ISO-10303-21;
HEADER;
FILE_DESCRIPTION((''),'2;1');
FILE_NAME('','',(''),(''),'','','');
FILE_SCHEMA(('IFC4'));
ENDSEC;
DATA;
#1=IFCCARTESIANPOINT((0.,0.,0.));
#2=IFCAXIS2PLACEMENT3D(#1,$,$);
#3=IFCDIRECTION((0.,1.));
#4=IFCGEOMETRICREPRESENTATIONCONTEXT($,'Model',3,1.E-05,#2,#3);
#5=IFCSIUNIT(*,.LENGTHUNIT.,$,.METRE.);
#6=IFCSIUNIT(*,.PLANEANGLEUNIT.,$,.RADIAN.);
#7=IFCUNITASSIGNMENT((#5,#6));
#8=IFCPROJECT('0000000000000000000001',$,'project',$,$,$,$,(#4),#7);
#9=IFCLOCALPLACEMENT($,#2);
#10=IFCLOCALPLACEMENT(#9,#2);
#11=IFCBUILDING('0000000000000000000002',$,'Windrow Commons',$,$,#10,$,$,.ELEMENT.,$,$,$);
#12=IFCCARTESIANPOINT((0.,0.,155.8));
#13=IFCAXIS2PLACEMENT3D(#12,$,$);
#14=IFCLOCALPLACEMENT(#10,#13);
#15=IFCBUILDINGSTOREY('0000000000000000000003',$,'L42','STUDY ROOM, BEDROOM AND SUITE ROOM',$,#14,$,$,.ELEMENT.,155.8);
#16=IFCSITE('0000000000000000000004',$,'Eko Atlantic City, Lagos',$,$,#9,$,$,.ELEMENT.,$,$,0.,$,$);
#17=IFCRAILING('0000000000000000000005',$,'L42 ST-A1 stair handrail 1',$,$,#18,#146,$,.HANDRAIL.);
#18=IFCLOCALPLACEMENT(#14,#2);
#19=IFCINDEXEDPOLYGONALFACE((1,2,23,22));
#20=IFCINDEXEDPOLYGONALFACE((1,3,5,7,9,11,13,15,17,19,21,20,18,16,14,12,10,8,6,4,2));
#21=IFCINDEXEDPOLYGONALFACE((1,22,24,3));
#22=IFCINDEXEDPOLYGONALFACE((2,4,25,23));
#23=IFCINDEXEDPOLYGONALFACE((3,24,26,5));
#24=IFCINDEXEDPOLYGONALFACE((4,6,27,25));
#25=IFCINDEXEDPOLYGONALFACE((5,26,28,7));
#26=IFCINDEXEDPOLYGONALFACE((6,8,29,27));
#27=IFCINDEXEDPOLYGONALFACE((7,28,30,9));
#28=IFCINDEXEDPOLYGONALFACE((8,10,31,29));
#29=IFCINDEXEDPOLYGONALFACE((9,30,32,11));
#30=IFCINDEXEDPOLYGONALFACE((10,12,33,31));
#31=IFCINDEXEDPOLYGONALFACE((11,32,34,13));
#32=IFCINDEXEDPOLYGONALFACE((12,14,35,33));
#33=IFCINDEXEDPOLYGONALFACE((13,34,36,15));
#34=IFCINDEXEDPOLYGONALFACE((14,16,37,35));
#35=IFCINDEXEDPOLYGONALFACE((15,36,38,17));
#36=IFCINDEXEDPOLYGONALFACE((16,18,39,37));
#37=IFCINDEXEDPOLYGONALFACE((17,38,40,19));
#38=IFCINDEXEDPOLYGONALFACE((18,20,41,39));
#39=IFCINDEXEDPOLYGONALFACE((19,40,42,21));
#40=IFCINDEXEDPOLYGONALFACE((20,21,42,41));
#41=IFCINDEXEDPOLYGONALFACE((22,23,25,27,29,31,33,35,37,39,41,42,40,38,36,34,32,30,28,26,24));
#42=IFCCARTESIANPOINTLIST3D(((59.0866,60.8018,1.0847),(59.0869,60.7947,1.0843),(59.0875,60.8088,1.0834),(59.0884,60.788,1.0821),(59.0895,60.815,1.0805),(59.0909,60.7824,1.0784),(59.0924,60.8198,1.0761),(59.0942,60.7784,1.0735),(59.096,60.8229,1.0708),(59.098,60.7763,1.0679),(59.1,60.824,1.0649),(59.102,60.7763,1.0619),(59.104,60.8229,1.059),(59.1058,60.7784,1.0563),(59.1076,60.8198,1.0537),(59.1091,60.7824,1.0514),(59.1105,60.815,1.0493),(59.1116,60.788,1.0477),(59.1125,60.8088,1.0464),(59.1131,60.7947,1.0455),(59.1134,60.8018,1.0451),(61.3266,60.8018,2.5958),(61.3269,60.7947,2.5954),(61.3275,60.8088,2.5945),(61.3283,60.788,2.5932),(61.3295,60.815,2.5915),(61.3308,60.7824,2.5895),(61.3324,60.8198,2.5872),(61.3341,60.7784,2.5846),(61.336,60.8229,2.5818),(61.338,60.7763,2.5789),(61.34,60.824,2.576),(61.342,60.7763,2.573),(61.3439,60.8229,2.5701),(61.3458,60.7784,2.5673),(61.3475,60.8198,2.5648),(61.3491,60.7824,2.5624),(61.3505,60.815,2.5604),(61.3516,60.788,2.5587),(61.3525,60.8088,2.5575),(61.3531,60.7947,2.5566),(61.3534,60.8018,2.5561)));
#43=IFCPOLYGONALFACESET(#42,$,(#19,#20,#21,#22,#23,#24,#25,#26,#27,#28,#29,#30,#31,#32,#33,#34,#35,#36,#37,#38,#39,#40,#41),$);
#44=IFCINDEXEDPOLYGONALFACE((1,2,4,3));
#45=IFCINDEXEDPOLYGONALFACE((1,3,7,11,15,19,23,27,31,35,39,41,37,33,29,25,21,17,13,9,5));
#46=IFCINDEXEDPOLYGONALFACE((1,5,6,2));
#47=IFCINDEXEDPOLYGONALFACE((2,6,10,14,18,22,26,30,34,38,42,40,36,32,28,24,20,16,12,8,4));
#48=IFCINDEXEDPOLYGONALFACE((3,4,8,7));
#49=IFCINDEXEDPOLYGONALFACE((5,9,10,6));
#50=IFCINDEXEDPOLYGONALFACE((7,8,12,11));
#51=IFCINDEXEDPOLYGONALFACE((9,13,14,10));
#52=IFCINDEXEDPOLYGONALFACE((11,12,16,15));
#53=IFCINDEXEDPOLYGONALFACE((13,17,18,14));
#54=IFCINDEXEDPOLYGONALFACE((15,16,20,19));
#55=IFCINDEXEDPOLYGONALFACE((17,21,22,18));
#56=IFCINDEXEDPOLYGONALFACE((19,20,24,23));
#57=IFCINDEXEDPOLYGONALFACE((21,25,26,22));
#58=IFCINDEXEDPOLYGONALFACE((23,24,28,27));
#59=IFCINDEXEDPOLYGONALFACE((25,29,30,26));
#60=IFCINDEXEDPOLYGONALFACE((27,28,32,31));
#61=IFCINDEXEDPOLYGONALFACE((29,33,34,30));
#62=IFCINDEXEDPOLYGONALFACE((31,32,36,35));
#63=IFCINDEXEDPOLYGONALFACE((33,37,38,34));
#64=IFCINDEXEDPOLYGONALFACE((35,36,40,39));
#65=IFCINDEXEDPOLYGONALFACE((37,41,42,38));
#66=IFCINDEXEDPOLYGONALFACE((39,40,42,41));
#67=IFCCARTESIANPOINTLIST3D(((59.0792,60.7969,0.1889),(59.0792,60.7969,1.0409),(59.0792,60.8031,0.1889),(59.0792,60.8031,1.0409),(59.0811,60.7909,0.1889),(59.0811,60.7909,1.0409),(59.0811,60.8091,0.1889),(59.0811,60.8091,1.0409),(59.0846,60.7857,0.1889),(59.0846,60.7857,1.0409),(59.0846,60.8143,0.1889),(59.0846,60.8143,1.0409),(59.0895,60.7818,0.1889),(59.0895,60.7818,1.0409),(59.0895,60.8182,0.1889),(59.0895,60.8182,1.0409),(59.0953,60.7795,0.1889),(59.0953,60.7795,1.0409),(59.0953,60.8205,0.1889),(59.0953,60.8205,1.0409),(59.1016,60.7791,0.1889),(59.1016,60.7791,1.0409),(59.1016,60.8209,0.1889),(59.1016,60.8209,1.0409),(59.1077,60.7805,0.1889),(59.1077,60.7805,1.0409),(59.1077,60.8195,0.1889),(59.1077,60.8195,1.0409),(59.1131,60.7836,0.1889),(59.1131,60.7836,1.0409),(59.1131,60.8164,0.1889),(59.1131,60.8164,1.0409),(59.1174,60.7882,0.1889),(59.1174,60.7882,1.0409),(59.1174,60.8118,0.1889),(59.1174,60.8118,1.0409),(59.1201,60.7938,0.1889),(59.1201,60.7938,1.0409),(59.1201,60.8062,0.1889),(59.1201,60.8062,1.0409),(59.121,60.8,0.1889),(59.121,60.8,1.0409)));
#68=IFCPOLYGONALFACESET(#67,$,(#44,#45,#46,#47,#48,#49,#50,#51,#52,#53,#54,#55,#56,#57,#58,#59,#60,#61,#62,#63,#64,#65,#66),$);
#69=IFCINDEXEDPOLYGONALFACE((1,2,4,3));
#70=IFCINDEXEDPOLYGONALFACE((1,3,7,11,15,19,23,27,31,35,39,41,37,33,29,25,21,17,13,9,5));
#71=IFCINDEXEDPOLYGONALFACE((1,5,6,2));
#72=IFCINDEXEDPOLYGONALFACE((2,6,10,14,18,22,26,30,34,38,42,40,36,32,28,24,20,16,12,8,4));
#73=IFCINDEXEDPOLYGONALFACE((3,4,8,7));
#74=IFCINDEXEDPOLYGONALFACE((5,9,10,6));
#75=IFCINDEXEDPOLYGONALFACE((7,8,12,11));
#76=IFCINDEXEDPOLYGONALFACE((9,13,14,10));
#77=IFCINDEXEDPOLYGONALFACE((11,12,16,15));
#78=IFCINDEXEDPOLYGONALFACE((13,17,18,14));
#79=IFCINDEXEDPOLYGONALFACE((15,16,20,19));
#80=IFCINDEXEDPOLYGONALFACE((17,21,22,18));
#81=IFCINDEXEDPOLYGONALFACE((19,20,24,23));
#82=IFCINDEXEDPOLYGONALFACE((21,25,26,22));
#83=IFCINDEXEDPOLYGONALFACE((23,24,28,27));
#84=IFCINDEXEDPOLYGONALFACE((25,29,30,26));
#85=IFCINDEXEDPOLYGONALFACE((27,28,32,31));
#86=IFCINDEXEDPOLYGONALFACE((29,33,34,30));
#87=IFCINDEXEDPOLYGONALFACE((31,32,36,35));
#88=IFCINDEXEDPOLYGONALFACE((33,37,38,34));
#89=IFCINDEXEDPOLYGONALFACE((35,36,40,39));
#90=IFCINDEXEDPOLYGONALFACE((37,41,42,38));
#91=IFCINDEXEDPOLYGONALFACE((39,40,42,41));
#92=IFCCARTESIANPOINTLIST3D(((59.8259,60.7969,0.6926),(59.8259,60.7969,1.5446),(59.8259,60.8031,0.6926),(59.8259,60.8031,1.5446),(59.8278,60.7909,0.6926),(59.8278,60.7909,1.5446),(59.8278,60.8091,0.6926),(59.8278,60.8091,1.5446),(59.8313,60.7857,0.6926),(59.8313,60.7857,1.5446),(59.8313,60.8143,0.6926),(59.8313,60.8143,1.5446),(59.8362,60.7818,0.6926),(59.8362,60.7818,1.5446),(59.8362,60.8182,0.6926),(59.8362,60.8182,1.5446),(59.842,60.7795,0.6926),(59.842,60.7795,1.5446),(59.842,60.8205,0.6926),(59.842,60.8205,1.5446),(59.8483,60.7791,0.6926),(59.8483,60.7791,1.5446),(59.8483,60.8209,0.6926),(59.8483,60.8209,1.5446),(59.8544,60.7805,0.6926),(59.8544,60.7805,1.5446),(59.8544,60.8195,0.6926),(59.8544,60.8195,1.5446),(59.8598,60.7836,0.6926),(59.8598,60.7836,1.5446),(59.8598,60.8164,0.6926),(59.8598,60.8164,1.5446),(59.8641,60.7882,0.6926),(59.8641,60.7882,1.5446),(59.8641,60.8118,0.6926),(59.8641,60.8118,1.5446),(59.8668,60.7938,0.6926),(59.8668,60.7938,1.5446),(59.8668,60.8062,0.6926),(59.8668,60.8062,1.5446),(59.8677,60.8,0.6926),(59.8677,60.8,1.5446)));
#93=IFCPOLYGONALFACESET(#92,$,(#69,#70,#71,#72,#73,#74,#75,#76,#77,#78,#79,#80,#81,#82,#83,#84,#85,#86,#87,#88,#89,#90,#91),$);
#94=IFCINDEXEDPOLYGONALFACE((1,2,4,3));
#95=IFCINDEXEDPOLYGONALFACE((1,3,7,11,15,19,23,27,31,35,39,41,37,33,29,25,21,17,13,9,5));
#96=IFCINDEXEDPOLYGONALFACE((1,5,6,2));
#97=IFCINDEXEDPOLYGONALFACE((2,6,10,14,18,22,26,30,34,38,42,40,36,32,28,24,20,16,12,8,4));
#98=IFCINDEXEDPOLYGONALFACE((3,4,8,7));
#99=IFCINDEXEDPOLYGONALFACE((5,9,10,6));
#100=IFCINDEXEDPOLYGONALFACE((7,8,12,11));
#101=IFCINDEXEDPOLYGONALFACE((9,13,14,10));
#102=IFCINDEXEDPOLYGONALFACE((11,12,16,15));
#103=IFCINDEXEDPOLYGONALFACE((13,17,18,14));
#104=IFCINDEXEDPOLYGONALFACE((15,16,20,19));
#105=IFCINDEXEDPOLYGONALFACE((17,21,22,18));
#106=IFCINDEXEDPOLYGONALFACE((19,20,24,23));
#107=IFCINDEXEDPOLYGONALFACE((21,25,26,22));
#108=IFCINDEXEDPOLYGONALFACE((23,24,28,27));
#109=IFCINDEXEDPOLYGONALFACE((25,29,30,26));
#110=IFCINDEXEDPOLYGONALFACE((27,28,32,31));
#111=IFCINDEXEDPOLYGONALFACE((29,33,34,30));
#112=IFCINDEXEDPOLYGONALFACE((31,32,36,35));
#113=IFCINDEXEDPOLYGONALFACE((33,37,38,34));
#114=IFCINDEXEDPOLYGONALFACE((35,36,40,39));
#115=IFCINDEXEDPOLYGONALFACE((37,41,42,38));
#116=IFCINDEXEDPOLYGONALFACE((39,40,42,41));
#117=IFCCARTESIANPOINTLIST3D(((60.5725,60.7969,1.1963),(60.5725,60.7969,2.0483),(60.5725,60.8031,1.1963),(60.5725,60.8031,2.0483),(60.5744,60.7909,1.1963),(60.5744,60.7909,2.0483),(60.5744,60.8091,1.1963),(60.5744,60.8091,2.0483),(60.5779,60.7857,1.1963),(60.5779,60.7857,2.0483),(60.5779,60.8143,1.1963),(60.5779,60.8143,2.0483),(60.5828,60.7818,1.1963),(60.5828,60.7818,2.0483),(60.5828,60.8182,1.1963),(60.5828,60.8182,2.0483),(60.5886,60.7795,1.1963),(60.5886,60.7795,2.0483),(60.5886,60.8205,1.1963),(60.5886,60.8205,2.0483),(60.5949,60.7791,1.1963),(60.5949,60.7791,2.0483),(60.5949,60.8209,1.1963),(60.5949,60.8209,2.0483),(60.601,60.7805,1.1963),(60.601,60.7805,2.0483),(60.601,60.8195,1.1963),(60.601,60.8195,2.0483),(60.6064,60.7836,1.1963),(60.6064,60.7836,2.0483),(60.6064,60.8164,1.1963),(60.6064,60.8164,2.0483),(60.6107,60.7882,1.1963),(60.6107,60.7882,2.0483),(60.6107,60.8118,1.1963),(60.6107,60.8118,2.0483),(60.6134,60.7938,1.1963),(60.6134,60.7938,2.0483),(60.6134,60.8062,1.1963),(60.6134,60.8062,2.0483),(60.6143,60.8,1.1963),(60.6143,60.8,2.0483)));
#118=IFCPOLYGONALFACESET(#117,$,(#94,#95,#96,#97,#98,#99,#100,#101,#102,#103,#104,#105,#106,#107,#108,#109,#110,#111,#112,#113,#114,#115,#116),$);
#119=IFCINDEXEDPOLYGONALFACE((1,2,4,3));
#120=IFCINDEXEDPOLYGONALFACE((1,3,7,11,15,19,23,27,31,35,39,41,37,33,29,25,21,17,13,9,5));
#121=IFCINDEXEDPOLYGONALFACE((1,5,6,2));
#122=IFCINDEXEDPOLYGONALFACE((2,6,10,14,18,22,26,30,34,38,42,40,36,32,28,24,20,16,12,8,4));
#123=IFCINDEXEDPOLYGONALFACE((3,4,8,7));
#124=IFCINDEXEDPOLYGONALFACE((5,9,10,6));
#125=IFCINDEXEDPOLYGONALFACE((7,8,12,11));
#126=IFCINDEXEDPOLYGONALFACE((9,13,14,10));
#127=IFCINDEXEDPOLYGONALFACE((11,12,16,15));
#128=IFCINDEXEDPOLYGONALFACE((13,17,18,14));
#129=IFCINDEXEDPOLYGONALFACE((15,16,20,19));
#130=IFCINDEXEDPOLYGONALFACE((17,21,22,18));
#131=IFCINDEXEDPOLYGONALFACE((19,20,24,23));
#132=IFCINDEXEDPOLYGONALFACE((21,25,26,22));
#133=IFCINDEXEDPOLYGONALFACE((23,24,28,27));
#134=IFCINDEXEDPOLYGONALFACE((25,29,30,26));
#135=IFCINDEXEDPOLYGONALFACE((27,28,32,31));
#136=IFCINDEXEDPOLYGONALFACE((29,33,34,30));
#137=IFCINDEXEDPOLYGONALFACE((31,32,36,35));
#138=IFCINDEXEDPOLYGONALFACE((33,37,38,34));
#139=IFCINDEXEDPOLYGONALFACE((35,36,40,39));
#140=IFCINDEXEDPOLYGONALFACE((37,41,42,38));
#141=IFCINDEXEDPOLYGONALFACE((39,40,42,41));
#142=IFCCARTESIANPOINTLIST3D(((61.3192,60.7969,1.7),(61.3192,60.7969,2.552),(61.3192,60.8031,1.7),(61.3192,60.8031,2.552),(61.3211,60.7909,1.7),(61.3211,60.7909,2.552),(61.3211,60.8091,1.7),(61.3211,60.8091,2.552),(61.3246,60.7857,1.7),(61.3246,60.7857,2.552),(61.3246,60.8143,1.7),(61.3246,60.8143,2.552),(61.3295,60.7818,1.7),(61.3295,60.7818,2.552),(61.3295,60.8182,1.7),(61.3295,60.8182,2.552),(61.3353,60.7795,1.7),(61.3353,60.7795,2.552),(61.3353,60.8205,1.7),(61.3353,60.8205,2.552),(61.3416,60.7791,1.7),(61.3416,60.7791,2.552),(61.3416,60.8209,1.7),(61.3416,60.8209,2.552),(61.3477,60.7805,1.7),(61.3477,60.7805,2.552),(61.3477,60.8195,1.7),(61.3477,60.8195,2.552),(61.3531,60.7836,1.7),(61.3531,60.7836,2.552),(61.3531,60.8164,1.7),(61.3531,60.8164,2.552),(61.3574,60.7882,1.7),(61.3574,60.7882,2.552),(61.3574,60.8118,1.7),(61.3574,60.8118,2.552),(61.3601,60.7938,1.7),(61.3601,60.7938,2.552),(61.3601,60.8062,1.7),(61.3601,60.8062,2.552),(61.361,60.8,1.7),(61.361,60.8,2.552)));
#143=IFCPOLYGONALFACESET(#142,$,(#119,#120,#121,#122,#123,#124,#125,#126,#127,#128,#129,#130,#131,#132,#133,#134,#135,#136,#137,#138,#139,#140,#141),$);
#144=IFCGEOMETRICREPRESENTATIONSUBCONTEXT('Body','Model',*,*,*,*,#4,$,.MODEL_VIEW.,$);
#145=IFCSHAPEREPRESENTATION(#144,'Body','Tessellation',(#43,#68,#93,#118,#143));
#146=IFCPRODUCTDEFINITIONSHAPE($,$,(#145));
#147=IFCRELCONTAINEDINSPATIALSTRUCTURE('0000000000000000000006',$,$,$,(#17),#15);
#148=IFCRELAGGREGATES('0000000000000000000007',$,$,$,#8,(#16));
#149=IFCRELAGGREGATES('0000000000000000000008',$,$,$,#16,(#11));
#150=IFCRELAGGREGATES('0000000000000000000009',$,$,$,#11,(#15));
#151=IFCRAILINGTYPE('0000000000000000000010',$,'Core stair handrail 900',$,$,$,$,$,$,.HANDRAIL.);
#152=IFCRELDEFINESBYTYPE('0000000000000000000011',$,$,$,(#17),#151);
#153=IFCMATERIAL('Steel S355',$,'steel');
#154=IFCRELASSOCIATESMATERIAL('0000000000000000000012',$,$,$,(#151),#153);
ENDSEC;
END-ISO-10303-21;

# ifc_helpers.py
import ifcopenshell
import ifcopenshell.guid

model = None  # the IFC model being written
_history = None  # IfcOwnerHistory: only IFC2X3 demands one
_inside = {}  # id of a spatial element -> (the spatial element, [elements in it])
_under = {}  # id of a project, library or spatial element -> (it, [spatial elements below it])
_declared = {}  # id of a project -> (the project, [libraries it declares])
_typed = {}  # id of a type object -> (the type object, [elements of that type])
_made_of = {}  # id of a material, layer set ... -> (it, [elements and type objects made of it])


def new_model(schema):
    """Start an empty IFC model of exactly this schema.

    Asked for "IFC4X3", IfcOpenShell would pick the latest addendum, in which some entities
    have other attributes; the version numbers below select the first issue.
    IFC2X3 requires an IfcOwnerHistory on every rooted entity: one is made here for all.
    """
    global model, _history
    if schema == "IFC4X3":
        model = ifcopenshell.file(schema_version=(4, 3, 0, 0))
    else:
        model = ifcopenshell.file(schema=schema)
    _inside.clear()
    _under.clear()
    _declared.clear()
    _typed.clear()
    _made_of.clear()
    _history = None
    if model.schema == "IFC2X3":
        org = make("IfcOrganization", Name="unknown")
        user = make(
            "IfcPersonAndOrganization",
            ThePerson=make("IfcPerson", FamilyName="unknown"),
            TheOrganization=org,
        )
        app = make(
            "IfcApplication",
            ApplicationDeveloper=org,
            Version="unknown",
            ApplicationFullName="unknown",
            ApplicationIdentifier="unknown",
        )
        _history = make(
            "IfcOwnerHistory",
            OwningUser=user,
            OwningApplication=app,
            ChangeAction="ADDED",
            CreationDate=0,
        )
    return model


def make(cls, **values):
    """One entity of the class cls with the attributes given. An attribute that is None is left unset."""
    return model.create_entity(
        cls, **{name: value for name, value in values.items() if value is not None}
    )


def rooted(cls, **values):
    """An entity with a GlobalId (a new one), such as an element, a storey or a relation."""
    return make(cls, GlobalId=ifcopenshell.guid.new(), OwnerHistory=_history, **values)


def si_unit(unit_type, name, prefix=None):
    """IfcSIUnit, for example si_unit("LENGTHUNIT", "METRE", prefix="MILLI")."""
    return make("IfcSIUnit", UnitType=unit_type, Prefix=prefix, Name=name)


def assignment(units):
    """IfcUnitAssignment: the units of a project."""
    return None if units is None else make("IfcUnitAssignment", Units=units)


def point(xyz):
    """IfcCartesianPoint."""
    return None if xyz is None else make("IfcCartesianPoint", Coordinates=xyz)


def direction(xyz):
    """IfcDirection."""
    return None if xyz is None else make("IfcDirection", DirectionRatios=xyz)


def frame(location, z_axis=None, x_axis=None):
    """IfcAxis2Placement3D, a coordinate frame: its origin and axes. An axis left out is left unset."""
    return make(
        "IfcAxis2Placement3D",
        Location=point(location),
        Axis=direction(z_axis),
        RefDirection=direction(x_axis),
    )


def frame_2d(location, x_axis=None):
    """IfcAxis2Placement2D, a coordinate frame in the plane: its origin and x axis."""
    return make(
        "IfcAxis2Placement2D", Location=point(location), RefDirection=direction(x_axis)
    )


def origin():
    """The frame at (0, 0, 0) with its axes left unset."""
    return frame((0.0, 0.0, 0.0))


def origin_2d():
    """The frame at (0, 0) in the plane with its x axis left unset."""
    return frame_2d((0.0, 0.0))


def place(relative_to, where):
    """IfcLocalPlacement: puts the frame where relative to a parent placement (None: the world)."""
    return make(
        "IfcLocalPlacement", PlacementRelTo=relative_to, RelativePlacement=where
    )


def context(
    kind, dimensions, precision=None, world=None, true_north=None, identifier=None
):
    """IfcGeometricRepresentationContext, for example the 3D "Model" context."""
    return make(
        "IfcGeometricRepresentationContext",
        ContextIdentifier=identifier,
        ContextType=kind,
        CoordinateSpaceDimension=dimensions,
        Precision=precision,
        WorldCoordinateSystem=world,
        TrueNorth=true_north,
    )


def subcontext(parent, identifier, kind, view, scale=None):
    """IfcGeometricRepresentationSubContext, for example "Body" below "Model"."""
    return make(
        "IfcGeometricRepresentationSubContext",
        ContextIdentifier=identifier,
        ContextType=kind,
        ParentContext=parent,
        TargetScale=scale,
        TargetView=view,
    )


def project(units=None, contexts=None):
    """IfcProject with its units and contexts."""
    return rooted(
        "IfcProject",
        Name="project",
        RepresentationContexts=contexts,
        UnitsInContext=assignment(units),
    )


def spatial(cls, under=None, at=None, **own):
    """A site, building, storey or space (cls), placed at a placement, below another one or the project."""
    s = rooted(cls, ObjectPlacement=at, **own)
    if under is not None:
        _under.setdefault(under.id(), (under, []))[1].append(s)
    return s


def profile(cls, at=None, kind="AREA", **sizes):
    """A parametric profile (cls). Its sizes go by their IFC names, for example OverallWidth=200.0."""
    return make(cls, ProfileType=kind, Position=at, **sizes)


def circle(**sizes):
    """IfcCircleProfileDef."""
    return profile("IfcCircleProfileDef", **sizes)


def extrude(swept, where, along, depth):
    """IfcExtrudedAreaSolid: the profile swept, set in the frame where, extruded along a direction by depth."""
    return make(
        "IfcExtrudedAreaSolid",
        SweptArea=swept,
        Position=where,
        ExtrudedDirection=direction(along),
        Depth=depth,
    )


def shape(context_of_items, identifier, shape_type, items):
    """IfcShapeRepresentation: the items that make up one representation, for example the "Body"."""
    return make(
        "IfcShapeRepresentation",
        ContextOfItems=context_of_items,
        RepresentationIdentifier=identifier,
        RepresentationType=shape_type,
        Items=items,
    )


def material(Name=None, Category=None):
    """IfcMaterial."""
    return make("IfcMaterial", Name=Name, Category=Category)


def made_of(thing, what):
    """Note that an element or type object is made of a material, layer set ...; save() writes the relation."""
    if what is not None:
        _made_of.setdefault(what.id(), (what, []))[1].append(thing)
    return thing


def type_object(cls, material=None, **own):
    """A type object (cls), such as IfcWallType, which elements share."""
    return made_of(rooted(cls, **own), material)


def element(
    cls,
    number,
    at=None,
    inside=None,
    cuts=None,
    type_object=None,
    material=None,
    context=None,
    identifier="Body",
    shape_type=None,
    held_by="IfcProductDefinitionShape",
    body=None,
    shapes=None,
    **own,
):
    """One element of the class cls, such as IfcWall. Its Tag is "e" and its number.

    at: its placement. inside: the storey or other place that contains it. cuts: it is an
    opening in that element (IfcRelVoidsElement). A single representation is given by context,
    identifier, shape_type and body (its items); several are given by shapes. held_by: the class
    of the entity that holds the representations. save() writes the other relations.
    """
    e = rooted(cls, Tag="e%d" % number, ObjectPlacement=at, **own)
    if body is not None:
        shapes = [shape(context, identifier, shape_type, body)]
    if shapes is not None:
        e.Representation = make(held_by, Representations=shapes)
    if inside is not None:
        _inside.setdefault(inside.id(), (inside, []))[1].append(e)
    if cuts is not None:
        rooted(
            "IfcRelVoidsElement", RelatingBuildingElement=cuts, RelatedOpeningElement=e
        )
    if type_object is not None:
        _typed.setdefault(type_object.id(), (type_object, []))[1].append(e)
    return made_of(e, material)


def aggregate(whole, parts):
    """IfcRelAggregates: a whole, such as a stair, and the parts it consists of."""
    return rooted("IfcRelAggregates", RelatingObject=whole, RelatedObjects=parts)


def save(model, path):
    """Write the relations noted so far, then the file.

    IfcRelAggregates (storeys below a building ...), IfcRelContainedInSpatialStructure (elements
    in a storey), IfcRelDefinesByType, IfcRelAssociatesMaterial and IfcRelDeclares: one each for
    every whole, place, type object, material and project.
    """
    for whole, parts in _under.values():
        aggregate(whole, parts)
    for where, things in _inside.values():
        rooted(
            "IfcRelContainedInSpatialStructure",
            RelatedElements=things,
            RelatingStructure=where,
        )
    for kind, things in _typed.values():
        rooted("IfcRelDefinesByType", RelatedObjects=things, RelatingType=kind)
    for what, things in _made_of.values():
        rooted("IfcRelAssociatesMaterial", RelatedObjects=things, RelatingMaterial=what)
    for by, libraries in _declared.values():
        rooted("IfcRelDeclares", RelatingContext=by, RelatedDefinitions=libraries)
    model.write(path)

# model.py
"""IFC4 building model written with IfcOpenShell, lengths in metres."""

from ifc_helpers import new_model, si_unit, direction, frame, origin, origin_2d, place, context, subcontext, project, spatial, circle, extrude, material, type_object, element, save


model = new_model("IFC4")

# Units and contexts
model_context = context("Model", 3, precision=1e-05, world=origin(), true_north=direction((0.0, 1.0)))
body_context = subcontext(model_context, "Body", "Model", "MODEL_VIEW")
ifc_project = project(units=[si_unit("LENGTHUNIT", "METRE"), si_unit("PLANEANGLEUNIT", "RADIAN")], contexts=[model_context])

# Site, building, storey
site_placement = place(None, origin())
site = spatial("IfcSite", under=ifc_project, at=site_placement, Name="Eko Atlantic City, Lagos", CompositionType="ELEMENT", RefElevation=0.0)
building_placement = place(site_placement, origin())
building = spatial("IfcBuilding", under=site, at=building_placement, Name="Windrow Commons", CompositionType="ELEMENT")
storey_placement = place(building_placement, frame((0.0, 0.0, 155.8)))
storey = spatial("IfcBuildingStorey", under=building, at=storey_placement, Name="L42", Description="STUDY ROOM, BEDROOM AND SUITE ROOM", CompositionType="ELEMENT", Elevation=155.8)

# Railing
ifc_material_1 = material(Name="Steel S355", Category="steel")
railing_type_1 = type_object("IfcRailingType", Name="Core stair handrail 900", PredefinedType="HANDRAIL", material=ifc_material_1)
railing_1_placement = place(storey_placement, frame((59.1, 60.8, 0.1889)))
element("IfcRailing", 1, at=railing_1_placement, inside=storey, type_object=railing_type_1, Name="L42 ST-A1 stair handrail 1", PredefinedType="HANDRAIL", context=body_context, shape_type="SweptSolid", body=[
    extrude(circle(Radius=0.024, at=origin_2d()), frame((0.0, 0.0, 0.876), z_axis=(0.829003, 0.0, 0.559244), x_axis=(0.0, 1.0, 0.0)), (0.0, 0.0, 1.0), 2.702),
    extrude(circle(Radius=0.021, at=origin_2d()), origin(), (0.0, 0.0, 1.0), 0.852),
    extrude(circle(Radius=0.021, at=origin_2d()), frame((0.7467, 0.0, 0.5037)), (0.0, 0.0, 1.0), 0.852),
    extrude(circle(Radius=0.021, at=origin_2d()), frame((1.4933, 0.0, 1.0074)), (0.0, 0.0, 1.0), 0.852),
    extrude(circle(Radius=0.021, at=origin_2d()), frame((2.24, 0.0, 1.5111)), (0.0, 0.0, 1.0), 0.852),
])

save(model, "model.ifc")
